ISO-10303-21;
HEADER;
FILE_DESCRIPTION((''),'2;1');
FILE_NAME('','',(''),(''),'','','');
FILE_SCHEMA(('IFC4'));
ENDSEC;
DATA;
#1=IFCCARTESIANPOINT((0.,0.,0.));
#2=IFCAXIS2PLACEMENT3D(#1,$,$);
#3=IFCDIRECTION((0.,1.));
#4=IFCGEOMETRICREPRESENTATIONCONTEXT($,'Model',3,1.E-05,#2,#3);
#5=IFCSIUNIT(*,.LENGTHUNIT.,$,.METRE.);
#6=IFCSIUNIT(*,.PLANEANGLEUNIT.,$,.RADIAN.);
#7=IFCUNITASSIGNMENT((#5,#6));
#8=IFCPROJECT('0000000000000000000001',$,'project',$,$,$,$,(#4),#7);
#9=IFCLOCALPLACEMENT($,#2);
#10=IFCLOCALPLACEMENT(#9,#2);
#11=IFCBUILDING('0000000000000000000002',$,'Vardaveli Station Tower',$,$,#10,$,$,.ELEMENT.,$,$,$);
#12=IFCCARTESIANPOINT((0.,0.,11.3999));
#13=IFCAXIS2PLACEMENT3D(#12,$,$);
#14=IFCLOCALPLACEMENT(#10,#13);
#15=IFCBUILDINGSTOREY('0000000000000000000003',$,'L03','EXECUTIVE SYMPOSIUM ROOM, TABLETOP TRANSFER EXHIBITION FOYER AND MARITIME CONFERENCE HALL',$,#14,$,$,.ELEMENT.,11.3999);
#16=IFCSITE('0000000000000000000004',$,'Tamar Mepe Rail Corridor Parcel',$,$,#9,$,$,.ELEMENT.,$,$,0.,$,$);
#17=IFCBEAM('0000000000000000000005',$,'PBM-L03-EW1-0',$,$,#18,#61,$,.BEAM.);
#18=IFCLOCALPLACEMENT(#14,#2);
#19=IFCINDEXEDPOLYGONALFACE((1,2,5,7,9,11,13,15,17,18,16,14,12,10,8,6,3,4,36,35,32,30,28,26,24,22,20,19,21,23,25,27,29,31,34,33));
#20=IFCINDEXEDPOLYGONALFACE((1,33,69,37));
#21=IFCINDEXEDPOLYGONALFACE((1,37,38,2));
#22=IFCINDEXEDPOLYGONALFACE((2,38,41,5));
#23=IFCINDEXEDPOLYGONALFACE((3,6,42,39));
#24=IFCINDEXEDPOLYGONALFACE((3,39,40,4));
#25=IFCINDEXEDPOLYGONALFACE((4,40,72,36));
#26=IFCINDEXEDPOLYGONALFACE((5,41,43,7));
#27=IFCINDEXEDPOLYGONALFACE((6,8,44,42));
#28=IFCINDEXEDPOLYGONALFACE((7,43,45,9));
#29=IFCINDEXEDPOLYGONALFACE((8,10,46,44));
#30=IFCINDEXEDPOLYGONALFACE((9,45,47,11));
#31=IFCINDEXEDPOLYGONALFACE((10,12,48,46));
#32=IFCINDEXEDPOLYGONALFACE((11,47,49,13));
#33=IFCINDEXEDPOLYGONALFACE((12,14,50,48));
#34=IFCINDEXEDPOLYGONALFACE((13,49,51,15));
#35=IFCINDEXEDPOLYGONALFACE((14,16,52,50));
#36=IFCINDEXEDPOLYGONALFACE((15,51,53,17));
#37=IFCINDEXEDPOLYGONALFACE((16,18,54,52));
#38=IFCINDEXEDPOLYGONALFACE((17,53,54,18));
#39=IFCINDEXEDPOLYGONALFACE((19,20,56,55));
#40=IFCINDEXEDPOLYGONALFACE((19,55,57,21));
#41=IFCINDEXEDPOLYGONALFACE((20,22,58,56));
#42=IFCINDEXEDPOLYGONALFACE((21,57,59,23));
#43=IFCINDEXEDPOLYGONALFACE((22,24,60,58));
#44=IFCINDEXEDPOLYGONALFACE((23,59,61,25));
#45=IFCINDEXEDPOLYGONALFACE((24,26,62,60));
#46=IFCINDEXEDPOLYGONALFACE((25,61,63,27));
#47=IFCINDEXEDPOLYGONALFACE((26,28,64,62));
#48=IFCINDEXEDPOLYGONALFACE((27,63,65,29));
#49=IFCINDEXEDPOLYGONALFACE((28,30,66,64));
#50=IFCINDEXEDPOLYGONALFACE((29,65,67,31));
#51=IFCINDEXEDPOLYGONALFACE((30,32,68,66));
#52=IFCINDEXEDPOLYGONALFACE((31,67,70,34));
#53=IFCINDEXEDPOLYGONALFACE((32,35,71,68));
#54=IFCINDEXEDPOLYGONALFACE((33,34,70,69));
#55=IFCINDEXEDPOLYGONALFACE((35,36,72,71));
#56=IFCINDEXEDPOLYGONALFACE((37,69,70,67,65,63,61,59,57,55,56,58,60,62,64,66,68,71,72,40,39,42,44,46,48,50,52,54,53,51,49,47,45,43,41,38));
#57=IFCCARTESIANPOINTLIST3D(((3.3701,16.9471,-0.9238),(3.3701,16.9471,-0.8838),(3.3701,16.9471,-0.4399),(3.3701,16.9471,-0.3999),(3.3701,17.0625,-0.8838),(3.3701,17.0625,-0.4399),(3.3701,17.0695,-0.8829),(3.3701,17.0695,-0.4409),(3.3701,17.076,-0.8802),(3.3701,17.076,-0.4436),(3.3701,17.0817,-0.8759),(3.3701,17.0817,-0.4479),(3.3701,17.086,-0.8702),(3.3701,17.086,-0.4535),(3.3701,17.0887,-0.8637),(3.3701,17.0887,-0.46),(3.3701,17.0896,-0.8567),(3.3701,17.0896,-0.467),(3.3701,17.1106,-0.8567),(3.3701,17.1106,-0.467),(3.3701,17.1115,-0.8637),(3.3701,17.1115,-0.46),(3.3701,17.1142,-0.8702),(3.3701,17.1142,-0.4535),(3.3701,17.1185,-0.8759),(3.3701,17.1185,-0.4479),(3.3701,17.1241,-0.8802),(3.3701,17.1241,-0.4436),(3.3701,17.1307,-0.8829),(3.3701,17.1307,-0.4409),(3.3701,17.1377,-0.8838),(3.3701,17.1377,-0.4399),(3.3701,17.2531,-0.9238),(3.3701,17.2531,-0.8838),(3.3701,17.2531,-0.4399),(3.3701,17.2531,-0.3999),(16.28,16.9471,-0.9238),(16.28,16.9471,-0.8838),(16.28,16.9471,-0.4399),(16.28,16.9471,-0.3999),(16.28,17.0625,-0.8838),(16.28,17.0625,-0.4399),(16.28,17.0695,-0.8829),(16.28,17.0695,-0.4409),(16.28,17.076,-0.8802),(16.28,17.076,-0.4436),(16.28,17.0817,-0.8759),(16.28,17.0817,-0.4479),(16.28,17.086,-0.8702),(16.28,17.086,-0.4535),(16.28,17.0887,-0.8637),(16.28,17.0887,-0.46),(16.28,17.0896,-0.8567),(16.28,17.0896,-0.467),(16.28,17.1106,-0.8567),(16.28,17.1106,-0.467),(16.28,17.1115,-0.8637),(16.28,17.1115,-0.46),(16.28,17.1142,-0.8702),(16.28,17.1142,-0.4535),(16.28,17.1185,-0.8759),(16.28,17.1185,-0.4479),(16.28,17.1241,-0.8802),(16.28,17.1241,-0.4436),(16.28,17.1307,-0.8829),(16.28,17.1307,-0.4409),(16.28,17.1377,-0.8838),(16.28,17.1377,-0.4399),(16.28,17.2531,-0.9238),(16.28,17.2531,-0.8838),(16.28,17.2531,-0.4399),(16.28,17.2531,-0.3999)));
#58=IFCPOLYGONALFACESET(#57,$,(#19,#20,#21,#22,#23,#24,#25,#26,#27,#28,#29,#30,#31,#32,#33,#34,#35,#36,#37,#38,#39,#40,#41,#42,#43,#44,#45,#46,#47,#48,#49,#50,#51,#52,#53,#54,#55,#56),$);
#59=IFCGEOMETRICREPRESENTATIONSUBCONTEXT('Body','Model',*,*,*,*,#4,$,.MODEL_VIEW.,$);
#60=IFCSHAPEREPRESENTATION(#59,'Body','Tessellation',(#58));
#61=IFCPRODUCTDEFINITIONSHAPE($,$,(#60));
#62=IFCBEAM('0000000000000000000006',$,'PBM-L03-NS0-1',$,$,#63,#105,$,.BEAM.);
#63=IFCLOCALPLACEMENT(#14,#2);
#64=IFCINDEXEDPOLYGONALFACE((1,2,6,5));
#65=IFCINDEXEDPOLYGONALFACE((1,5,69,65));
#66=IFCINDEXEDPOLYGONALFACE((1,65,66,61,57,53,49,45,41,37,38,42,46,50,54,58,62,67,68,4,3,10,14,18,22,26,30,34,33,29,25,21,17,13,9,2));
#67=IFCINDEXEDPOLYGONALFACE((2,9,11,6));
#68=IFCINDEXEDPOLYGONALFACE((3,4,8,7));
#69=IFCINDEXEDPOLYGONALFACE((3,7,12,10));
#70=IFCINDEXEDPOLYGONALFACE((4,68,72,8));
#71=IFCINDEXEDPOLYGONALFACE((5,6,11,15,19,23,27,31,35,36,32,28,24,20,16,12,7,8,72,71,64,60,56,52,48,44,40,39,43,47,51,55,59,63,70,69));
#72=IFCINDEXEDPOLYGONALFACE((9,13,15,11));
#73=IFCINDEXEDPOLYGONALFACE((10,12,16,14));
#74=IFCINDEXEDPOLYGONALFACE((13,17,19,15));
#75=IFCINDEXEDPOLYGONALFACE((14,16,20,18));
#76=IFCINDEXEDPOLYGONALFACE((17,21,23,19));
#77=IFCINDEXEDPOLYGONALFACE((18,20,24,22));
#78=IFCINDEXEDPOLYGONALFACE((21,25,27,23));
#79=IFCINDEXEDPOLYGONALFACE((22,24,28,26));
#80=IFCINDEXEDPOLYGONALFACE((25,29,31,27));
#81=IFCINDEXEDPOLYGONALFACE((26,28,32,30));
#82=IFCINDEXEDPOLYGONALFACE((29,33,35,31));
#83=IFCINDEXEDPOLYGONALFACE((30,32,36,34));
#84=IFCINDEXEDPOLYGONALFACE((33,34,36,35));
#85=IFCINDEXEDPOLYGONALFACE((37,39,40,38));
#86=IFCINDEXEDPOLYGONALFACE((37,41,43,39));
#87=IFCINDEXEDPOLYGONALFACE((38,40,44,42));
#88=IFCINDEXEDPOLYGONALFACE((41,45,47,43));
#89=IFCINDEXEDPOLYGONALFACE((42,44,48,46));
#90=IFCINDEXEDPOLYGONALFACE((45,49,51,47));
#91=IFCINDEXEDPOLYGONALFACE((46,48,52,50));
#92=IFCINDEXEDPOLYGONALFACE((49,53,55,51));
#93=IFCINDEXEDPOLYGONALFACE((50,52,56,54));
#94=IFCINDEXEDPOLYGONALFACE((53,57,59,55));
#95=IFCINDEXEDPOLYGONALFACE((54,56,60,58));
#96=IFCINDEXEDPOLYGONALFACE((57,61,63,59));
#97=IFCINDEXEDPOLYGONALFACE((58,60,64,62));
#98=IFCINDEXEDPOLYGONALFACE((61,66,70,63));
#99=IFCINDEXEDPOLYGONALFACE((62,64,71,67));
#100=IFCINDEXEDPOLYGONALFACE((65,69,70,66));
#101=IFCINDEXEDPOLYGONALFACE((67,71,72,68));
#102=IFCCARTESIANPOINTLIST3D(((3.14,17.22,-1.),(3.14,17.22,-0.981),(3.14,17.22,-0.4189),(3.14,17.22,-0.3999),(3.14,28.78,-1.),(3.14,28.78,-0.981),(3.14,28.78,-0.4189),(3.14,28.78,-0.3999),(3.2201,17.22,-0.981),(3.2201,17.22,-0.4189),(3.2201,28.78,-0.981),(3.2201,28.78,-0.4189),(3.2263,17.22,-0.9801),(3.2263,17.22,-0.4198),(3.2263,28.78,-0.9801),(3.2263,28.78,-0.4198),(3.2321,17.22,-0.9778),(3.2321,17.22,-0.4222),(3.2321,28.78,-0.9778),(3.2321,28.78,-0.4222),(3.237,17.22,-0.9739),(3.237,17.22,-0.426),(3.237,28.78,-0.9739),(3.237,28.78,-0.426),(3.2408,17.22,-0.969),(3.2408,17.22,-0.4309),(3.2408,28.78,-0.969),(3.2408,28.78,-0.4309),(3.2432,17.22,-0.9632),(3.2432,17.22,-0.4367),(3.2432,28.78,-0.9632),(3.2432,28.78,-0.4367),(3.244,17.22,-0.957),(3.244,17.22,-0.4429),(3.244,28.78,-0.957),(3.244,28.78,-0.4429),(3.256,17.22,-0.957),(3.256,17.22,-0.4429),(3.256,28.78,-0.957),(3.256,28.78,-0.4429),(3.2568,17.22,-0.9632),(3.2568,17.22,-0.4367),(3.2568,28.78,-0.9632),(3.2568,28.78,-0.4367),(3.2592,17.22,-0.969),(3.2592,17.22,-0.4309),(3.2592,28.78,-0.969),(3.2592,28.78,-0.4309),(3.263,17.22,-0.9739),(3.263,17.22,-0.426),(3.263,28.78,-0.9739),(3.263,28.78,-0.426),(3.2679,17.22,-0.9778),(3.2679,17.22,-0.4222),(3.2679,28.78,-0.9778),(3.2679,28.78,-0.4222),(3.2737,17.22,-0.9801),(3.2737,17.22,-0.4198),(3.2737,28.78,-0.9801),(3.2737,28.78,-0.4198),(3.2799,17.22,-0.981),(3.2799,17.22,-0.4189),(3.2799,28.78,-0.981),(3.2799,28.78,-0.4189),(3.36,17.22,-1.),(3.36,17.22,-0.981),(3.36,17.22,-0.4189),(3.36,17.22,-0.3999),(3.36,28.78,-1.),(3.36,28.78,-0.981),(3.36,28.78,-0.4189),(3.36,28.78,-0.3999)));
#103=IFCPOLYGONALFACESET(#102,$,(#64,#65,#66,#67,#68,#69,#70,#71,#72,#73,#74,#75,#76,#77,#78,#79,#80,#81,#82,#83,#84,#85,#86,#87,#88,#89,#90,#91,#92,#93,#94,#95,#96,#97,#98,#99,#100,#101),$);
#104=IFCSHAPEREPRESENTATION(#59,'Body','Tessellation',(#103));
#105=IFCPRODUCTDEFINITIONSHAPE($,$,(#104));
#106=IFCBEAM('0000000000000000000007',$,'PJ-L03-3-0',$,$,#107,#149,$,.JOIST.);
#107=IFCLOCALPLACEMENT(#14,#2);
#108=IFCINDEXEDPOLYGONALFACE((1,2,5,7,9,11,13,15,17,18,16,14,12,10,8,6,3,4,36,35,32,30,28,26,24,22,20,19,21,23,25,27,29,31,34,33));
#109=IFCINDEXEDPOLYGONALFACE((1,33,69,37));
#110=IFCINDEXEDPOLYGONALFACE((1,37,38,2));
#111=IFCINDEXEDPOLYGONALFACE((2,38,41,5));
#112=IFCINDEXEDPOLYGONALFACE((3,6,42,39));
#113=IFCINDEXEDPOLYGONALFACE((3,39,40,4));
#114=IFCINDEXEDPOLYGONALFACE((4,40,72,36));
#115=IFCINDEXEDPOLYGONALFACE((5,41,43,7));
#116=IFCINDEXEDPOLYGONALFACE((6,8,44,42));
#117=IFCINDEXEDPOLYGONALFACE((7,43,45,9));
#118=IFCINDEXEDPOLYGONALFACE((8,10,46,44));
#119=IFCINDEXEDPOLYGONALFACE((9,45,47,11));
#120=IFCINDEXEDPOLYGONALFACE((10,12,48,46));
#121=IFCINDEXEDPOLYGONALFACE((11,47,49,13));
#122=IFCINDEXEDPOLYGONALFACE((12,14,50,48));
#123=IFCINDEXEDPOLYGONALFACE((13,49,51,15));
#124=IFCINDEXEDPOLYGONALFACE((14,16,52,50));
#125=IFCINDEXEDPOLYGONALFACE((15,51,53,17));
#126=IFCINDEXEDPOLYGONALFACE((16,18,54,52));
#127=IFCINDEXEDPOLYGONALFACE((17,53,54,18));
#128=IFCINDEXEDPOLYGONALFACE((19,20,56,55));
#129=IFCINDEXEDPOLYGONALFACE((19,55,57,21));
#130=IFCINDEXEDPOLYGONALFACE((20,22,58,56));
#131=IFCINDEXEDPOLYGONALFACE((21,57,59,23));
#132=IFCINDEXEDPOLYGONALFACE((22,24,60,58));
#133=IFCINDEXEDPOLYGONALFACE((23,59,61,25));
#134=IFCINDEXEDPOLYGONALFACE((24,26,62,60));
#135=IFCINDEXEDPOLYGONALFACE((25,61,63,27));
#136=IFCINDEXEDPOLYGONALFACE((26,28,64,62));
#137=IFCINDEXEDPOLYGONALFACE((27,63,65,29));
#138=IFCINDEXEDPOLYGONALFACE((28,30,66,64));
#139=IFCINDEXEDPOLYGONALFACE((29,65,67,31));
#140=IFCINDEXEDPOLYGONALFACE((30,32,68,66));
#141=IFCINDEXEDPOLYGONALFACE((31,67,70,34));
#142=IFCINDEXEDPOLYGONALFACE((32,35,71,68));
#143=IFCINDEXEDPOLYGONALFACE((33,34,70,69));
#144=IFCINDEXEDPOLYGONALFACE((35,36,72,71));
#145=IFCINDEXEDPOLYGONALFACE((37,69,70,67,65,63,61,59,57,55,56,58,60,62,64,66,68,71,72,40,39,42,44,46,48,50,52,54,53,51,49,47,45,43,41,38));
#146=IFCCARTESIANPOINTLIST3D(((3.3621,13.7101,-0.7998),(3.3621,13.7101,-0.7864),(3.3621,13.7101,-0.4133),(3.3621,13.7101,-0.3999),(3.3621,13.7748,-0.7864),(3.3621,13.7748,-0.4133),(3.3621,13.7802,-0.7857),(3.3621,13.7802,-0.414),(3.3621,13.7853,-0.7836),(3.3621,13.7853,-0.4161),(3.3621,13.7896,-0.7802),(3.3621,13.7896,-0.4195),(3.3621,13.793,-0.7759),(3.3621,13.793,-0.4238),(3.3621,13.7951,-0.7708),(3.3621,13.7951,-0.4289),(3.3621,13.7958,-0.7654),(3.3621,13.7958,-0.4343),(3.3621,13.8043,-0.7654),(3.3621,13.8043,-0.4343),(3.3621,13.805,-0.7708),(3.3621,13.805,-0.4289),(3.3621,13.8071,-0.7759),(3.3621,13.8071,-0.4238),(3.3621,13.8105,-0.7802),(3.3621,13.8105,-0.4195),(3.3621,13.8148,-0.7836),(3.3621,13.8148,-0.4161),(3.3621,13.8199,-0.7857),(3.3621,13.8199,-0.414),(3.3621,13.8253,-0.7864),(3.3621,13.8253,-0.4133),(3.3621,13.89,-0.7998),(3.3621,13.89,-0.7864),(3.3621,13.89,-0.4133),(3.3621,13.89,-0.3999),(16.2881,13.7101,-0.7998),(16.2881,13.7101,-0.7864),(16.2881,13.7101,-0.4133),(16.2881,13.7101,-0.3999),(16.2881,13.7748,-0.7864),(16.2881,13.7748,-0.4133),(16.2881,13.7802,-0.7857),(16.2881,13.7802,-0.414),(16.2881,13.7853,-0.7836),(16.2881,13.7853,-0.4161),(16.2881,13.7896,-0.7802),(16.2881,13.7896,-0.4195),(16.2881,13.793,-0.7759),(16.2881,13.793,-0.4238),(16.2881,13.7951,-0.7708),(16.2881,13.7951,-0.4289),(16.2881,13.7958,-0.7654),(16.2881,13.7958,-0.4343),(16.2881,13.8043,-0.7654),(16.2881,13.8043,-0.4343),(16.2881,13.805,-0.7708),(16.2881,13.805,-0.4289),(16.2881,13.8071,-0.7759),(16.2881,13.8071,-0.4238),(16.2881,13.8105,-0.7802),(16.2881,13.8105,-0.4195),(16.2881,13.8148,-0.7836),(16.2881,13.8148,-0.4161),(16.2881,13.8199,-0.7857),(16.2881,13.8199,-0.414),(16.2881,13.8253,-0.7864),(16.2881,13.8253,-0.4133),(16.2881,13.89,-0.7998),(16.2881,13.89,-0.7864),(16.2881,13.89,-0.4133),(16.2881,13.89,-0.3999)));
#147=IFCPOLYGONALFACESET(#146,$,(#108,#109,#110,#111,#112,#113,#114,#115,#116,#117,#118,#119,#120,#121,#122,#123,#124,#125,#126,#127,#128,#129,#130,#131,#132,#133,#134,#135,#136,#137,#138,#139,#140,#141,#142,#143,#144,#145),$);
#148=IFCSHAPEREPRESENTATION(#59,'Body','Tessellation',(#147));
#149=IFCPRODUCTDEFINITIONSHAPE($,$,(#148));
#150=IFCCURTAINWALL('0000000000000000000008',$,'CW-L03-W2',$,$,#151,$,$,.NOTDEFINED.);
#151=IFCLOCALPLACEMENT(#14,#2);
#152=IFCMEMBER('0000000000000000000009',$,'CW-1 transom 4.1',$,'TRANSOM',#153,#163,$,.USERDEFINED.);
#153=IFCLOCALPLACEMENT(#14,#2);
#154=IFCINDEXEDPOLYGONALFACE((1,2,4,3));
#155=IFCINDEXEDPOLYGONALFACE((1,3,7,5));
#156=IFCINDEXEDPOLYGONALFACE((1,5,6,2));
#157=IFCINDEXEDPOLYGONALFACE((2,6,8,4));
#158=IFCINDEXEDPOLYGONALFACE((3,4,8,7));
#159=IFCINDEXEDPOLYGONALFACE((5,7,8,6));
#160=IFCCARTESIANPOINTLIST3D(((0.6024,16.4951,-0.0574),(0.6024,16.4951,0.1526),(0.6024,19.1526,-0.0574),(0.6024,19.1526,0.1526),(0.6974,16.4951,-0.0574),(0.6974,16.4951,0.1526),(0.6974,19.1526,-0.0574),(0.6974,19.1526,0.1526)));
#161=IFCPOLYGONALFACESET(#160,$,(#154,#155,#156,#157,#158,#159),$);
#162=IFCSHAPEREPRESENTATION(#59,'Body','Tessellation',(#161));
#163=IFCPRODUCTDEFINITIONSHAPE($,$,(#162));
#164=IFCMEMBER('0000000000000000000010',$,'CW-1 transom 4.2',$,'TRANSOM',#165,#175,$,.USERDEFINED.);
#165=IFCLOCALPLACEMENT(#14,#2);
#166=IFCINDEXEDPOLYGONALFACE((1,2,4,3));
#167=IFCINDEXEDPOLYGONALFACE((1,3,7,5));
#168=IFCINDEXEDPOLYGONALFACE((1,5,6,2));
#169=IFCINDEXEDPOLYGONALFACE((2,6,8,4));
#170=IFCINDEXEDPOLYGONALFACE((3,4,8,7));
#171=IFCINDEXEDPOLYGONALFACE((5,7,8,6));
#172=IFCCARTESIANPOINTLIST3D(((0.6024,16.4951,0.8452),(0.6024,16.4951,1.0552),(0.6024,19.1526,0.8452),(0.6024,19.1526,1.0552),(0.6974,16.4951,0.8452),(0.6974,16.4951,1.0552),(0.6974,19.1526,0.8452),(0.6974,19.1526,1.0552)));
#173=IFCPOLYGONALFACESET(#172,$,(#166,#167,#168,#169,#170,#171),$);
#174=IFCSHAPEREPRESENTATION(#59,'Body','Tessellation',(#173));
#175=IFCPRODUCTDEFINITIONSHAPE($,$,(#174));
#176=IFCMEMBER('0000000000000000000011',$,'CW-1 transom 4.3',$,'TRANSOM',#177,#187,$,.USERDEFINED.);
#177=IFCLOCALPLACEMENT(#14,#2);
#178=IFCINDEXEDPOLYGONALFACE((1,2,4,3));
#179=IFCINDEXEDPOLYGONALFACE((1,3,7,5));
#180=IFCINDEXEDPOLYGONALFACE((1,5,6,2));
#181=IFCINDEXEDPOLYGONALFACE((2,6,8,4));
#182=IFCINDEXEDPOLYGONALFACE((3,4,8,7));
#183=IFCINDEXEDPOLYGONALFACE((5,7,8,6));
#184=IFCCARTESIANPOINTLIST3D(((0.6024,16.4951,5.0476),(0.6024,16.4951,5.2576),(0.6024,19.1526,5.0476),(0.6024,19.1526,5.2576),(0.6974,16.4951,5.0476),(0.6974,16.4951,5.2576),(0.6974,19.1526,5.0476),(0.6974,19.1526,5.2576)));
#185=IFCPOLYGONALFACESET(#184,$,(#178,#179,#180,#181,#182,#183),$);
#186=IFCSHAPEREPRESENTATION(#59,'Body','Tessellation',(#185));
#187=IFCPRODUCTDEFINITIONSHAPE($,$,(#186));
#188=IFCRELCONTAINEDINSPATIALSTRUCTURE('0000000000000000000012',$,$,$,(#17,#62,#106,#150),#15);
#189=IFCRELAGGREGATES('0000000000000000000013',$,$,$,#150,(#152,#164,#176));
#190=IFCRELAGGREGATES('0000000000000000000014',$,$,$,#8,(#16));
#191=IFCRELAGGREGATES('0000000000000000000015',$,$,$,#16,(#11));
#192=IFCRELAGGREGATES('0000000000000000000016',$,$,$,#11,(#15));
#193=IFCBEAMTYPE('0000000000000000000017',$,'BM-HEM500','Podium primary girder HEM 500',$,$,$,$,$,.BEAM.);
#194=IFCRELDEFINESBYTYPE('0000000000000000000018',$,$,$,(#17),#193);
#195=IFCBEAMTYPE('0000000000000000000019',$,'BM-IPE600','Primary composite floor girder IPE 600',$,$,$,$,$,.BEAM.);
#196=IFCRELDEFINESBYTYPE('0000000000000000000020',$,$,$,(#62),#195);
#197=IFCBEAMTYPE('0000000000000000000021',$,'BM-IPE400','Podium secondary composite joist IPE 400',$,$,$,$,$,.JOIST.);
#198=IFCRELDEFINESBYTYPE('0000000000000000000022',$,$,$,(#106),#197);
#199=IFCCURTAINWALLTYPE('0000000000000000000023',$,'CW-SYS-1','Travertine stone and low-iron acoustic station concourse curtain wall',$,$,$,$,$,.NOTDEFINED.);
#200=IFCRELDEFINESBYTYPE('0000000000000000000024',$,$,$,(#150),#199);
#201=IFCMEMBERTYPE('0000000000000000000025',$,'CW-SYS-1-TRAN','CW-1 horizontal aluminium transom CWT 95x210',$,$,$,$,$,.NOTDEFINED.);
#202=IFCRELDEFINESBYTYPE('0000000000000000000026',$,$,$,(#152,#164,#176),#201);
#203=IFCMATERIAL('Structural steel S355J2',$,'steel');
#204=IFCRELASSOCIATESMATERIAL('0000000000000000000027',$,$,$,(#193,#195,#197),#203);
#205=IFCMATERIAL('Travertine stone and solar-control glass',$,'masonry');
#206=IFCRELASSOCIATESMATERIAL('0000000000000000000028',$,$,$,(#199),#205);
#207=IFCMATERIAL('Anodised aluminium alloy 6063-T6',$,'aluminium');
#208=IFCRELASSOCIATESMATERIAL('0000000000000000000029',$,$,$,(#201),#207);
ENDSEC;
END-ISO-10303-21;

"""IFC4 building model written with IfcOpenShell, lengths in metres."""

from ifc_helpers import new_model, si_unit, direction, frame, origin, origin_2d, place, context, subcontext, project, spatial, rectangle, i_section, extrude, source, transform, mapped, material, material_profile, profile_set, type_object, element, aggregate, save


model = new_model("IFC4")

# Units and contexts
model_context = context("Model", 3, precision=1e-05, world=origin(), true_north=direction((0.0, 1.0)))
body_context = subcontext(model_context, "Body", "Model", "MODEL_VIEW")
ifc_project = project(units=[si_unit("LENGTHUNIT", "METRE"), si_unit("PLANEANGLEUNIT", "RADIAN")], contexts=[model_context])

# Site, building, storey
site_placement = place(None, origin())
site = spatial("IfcSite", under=ifc_project, at=site_placement, Name="Tamar Mepe Rail Corridor Parcel", CompositionType="ELEMENT", RefElevation=0.0)
building_placement = place(site_placement, origin())
building = spatial("IfcBuilding", under=site, at=building_placement, Name="Vardaveli Station Tower", CompositionType="ELEMENT")
storey_placement = place(building_placement, frame((0.0, 0.0, 11.3999)))
storey = spatial("IfcBuildingStorey", under=building, at=storey_placement, Name="L03", Description="EXECUTIVE SYMPOSIUM ROOM, TABLETOP TRANSFER EXHIBITION FOYER AND MARITIME CONFERENCE HALL", CompositionType="ELEMENT", Elevation=11.3999)

# Beams
ifc_material_1 = material(Name="Structural steel S355J2", Category="steel")
ifc_material_profile_1 = material_profile(ifc_material_1, i_section(OverallWidth=0.3059, OverallDepth=0.5239, WebThickness=0.021, FlangeThickness=0.04, FilletRadius=0.0271, at=origin_2d()), Name="HEM 500")
ifc_profile_set_1 = profile_set([ifc_material_profile_1], Name="Structural steel S355J2")
beam_type_1 = type_object("IfcBeamType", Name="BM-HEM500", Description="Podium primary girder HEM 500", PredefinedType="BEAM", material=ifc_profile_set_1)
shared_shape_1 = source(origin(), body_context, "Body", "SweptSolid", [
    extrude(i_section(OverallWidth=0.3059, OverallDepth=0.5239, WebThickness=0.021, FlangeThickness=0.04, FilletRadius=0.0271, at=origin_2d()), origin(), (0.0, 0.0, 1.0), 12.9099),
])
beam_1_placement = place(storey_placement, frame((3.3701, 17.1001, -0.6619), z_axis=(1.0, 0.0, 0.0), x_axis=(0.0, 1.0, 0.0)))
element("IfcBeam", 1, at=beam_1_placement, inside=storey, type_object=beam_type_1, Name="PBM-L03-EW1-0", PredefinedType="BEAM", context=body_context, shape_type="MappedRepresentation", body=[
    mapped(shared_shape_1, transform((0.0, 0.0, 0.0), scale=1.0)),
])
ifc_material_profile_2 = material_profile(ifc_material_1, i_section(OverallWidth=0.22, OverallDepth=0.6001, WebThickness=0.012, FlangeThickness=0.019, FilletRadius=0.0239, at=origin_2d()), Name="IPE 600")
ifc_profile_set_2 = profile_set([ifc_material_profile_2], Name="Structural steel S355J2")
beam_type_2 = type_object("IfcBeamType", Name="BM-IPE600", Description="Primary composite floor girder IPE 600", PredefinedType="BEAM", material=ifc_profile_set_2)
shared_shape_2 = source(origin(), body_context, "Body", "SweptSolid", [
    extrude(i_section(OverallWidth=0.22, OverallDepth=0.6001, WebThickness=0.012, FlangeThickness=0.019, FilletRadius=0.0239, at=origin_2d()), origin(), (0.0, 0.0, 1.0), 11.5601),
])
beam_2_placement = place(storey_placement, frame((3.25, 17.22, -0.7), z_axis=(0.0, 1.0, 0.0), x_axis=(-1.0, 0.0, 0.0)))
element("IfcBeam", 2, at=beam_2_placement, inside=storey, type_object=beam_type_2, Name="PBM-L03-NS0-1", PredefinedType="BEAM", context=body_context, shape_type="MappedRepresentation", body=[
    mapped(shared_shape_2, transform((0.0, 0.0, 0.0), scale=1.0)),
])
ifc_material_profile_3 = material_profile(ifc_material_1, i_section(OverallWidth=0.1799, OverallDepth=0.3999, WebThickness=0.0085, FlangeThickness=0.0134, FilletRadius=0.021, at=origin_2d()), Name="IPE 400")
ifc_profile_set_3 = profile_set([ifc_material_profile_3], Name="Structural steel S355J2")
beam_type_3 = type_object("IfcBeamType", Name="BM-IPE400", Description="Podium secondary composite joist IPE 400", PredefinedType="JOIST", material=ifc_profile_set_3)
shared_shape_3 = source(origin(), body_context, "Body", "SweptSolid", [
    extrude(i_section(OverallWidth=0.1799, OverallDepth=0.3999, WebThickness=0.0085, FlangeThickness=0.0134, FilletRadius=0.021, at=origin_2d()), origin(), (0.0, 0.0, 1.0), 12.926),
])
beam_3_placement = place(storey_placement, frame((3.3621, 13.8, -0.5999), z_axis=(1.0, 0.0, 0.0), x_axis=(0.0, 1.0, 0.0)))
element("IfcBeam", 3, at=beam_3_placement, inside=storey, type_object=beam_type_3, Name="PJ-L03-3-0", PredefinedType="JOIST", context=body_context, shape_type="MappedRepresentation", body=[
    mapped(shared_shape_3, transform((0.0, 0.0, 0.0), scale=1.0)),
])

# Curtain wall, members
ifc_material_2 = material(Name="Travertine stone and solar-control glass", Category="masonry")
curtain_wall_type = type_object("IfcCurtainWallType", Name="CW-SYS-1", Description="Travertine stone and low-iron acoustic station concourse curtain wall", PredefinedType="NOTDEFINED", material=ifc_material_2)
curtain_wall_placement = place(storey_placement, origin())
curtain_wall = element("IfcCurtainWall", 4, at=curtain_wall_placement, inside=storey, type_object=curtain_wall_type, Name="CW-L03-W2", PredefinedType="NOTDEFINED")
ifc_material_3 = material(Name="Anodised aluminium alloy 6063-T6", Category="aluminium")
ifc_material_profile_4 = material_profile(ifc_material_3, rectangle(XDim=0.095, YDim=0.21, at=origin_2d()), Name="CWT 95x210")
ifc_profile_set_4 = profile_set([ifc_material_profile_4], Name="Anodised aluminium alloy 6063-T6")
member_type_1 = type_object("IfcMemberType", Name="CW-SYS-1-TRAN", Description="CW-1 horizontal aluminium transom CWT 95x210", PredefinedType="NOTDEFINED", material=ifc_profile_set_4)
shared_shape_4 = source(origin(), body_context, "Body", "SweptSolid", [
    extrude(rectangle(XDim=0.095, YDim=0.21, at=origin_2d()), origin(), (0.0, 0.0, 1.0), 2.6575),
])
member_1_placement = place(storey_placement, frame((0.6499, 19.1526, 0.0476), z_axis=(0.0, -1.0, 0.0), x_axis=(1.0, 0.0, 0.0)))
member_1 = element("IfcMember", 5, at=member_1_placement, type_object=member_type_1, Name="CW-1 transom 4.1", ObjectType="TRANSOM", PredefinedType="USERDEFINED", context=body_context, shape_type="MappedRepresentation", body=[
    mapped(shared_shape_4, transform((0.0, 0.0, 0.0), scale=1.0)),
])
member_2_placement = place(storey_placement, frame((0.6499, 19.1526, 0.9502), z_axis=(0.0, -1.0, 0.0), x_axis=(1.0, 0.0, 0.0)))
member_2 = element("IfcMember", 6, at=member_2_placement, type_object=member_type_1, Name="CW-1 transom 4.2", ObjectType="TRANSOM", PredefinedType="USERDEFINED", context=body_context, shape_type="MappedRepresentation", body=[
    mapped(shared_shape_4, transform((0.0, 0.0, 0.0), scale=1.0)),
])
member_3_placement = place(storey_placement, frame((0.6499, 19.1526, 5.1526), z_axis=(0.0, -1.0, 0.0), x_axis=(1.0, 0.0, 0.0)))
member_3 = element("IfcMember", 7, at=member_3_placement, type_object=member_type_1, Name="CW-1 transom 4.3", ObjectType="TRANSOM", PredefinedType="USERDEFINED", context=body_context, shape_type="MappedRepresentation", body=[
    mapped(shared_shape_4, transform((0.0, 0.0, 0.0), scale=1.0)),
])

aggregate(curtain_wall, [member_1, member_2, member_3])

save(model, "model.ifc")
